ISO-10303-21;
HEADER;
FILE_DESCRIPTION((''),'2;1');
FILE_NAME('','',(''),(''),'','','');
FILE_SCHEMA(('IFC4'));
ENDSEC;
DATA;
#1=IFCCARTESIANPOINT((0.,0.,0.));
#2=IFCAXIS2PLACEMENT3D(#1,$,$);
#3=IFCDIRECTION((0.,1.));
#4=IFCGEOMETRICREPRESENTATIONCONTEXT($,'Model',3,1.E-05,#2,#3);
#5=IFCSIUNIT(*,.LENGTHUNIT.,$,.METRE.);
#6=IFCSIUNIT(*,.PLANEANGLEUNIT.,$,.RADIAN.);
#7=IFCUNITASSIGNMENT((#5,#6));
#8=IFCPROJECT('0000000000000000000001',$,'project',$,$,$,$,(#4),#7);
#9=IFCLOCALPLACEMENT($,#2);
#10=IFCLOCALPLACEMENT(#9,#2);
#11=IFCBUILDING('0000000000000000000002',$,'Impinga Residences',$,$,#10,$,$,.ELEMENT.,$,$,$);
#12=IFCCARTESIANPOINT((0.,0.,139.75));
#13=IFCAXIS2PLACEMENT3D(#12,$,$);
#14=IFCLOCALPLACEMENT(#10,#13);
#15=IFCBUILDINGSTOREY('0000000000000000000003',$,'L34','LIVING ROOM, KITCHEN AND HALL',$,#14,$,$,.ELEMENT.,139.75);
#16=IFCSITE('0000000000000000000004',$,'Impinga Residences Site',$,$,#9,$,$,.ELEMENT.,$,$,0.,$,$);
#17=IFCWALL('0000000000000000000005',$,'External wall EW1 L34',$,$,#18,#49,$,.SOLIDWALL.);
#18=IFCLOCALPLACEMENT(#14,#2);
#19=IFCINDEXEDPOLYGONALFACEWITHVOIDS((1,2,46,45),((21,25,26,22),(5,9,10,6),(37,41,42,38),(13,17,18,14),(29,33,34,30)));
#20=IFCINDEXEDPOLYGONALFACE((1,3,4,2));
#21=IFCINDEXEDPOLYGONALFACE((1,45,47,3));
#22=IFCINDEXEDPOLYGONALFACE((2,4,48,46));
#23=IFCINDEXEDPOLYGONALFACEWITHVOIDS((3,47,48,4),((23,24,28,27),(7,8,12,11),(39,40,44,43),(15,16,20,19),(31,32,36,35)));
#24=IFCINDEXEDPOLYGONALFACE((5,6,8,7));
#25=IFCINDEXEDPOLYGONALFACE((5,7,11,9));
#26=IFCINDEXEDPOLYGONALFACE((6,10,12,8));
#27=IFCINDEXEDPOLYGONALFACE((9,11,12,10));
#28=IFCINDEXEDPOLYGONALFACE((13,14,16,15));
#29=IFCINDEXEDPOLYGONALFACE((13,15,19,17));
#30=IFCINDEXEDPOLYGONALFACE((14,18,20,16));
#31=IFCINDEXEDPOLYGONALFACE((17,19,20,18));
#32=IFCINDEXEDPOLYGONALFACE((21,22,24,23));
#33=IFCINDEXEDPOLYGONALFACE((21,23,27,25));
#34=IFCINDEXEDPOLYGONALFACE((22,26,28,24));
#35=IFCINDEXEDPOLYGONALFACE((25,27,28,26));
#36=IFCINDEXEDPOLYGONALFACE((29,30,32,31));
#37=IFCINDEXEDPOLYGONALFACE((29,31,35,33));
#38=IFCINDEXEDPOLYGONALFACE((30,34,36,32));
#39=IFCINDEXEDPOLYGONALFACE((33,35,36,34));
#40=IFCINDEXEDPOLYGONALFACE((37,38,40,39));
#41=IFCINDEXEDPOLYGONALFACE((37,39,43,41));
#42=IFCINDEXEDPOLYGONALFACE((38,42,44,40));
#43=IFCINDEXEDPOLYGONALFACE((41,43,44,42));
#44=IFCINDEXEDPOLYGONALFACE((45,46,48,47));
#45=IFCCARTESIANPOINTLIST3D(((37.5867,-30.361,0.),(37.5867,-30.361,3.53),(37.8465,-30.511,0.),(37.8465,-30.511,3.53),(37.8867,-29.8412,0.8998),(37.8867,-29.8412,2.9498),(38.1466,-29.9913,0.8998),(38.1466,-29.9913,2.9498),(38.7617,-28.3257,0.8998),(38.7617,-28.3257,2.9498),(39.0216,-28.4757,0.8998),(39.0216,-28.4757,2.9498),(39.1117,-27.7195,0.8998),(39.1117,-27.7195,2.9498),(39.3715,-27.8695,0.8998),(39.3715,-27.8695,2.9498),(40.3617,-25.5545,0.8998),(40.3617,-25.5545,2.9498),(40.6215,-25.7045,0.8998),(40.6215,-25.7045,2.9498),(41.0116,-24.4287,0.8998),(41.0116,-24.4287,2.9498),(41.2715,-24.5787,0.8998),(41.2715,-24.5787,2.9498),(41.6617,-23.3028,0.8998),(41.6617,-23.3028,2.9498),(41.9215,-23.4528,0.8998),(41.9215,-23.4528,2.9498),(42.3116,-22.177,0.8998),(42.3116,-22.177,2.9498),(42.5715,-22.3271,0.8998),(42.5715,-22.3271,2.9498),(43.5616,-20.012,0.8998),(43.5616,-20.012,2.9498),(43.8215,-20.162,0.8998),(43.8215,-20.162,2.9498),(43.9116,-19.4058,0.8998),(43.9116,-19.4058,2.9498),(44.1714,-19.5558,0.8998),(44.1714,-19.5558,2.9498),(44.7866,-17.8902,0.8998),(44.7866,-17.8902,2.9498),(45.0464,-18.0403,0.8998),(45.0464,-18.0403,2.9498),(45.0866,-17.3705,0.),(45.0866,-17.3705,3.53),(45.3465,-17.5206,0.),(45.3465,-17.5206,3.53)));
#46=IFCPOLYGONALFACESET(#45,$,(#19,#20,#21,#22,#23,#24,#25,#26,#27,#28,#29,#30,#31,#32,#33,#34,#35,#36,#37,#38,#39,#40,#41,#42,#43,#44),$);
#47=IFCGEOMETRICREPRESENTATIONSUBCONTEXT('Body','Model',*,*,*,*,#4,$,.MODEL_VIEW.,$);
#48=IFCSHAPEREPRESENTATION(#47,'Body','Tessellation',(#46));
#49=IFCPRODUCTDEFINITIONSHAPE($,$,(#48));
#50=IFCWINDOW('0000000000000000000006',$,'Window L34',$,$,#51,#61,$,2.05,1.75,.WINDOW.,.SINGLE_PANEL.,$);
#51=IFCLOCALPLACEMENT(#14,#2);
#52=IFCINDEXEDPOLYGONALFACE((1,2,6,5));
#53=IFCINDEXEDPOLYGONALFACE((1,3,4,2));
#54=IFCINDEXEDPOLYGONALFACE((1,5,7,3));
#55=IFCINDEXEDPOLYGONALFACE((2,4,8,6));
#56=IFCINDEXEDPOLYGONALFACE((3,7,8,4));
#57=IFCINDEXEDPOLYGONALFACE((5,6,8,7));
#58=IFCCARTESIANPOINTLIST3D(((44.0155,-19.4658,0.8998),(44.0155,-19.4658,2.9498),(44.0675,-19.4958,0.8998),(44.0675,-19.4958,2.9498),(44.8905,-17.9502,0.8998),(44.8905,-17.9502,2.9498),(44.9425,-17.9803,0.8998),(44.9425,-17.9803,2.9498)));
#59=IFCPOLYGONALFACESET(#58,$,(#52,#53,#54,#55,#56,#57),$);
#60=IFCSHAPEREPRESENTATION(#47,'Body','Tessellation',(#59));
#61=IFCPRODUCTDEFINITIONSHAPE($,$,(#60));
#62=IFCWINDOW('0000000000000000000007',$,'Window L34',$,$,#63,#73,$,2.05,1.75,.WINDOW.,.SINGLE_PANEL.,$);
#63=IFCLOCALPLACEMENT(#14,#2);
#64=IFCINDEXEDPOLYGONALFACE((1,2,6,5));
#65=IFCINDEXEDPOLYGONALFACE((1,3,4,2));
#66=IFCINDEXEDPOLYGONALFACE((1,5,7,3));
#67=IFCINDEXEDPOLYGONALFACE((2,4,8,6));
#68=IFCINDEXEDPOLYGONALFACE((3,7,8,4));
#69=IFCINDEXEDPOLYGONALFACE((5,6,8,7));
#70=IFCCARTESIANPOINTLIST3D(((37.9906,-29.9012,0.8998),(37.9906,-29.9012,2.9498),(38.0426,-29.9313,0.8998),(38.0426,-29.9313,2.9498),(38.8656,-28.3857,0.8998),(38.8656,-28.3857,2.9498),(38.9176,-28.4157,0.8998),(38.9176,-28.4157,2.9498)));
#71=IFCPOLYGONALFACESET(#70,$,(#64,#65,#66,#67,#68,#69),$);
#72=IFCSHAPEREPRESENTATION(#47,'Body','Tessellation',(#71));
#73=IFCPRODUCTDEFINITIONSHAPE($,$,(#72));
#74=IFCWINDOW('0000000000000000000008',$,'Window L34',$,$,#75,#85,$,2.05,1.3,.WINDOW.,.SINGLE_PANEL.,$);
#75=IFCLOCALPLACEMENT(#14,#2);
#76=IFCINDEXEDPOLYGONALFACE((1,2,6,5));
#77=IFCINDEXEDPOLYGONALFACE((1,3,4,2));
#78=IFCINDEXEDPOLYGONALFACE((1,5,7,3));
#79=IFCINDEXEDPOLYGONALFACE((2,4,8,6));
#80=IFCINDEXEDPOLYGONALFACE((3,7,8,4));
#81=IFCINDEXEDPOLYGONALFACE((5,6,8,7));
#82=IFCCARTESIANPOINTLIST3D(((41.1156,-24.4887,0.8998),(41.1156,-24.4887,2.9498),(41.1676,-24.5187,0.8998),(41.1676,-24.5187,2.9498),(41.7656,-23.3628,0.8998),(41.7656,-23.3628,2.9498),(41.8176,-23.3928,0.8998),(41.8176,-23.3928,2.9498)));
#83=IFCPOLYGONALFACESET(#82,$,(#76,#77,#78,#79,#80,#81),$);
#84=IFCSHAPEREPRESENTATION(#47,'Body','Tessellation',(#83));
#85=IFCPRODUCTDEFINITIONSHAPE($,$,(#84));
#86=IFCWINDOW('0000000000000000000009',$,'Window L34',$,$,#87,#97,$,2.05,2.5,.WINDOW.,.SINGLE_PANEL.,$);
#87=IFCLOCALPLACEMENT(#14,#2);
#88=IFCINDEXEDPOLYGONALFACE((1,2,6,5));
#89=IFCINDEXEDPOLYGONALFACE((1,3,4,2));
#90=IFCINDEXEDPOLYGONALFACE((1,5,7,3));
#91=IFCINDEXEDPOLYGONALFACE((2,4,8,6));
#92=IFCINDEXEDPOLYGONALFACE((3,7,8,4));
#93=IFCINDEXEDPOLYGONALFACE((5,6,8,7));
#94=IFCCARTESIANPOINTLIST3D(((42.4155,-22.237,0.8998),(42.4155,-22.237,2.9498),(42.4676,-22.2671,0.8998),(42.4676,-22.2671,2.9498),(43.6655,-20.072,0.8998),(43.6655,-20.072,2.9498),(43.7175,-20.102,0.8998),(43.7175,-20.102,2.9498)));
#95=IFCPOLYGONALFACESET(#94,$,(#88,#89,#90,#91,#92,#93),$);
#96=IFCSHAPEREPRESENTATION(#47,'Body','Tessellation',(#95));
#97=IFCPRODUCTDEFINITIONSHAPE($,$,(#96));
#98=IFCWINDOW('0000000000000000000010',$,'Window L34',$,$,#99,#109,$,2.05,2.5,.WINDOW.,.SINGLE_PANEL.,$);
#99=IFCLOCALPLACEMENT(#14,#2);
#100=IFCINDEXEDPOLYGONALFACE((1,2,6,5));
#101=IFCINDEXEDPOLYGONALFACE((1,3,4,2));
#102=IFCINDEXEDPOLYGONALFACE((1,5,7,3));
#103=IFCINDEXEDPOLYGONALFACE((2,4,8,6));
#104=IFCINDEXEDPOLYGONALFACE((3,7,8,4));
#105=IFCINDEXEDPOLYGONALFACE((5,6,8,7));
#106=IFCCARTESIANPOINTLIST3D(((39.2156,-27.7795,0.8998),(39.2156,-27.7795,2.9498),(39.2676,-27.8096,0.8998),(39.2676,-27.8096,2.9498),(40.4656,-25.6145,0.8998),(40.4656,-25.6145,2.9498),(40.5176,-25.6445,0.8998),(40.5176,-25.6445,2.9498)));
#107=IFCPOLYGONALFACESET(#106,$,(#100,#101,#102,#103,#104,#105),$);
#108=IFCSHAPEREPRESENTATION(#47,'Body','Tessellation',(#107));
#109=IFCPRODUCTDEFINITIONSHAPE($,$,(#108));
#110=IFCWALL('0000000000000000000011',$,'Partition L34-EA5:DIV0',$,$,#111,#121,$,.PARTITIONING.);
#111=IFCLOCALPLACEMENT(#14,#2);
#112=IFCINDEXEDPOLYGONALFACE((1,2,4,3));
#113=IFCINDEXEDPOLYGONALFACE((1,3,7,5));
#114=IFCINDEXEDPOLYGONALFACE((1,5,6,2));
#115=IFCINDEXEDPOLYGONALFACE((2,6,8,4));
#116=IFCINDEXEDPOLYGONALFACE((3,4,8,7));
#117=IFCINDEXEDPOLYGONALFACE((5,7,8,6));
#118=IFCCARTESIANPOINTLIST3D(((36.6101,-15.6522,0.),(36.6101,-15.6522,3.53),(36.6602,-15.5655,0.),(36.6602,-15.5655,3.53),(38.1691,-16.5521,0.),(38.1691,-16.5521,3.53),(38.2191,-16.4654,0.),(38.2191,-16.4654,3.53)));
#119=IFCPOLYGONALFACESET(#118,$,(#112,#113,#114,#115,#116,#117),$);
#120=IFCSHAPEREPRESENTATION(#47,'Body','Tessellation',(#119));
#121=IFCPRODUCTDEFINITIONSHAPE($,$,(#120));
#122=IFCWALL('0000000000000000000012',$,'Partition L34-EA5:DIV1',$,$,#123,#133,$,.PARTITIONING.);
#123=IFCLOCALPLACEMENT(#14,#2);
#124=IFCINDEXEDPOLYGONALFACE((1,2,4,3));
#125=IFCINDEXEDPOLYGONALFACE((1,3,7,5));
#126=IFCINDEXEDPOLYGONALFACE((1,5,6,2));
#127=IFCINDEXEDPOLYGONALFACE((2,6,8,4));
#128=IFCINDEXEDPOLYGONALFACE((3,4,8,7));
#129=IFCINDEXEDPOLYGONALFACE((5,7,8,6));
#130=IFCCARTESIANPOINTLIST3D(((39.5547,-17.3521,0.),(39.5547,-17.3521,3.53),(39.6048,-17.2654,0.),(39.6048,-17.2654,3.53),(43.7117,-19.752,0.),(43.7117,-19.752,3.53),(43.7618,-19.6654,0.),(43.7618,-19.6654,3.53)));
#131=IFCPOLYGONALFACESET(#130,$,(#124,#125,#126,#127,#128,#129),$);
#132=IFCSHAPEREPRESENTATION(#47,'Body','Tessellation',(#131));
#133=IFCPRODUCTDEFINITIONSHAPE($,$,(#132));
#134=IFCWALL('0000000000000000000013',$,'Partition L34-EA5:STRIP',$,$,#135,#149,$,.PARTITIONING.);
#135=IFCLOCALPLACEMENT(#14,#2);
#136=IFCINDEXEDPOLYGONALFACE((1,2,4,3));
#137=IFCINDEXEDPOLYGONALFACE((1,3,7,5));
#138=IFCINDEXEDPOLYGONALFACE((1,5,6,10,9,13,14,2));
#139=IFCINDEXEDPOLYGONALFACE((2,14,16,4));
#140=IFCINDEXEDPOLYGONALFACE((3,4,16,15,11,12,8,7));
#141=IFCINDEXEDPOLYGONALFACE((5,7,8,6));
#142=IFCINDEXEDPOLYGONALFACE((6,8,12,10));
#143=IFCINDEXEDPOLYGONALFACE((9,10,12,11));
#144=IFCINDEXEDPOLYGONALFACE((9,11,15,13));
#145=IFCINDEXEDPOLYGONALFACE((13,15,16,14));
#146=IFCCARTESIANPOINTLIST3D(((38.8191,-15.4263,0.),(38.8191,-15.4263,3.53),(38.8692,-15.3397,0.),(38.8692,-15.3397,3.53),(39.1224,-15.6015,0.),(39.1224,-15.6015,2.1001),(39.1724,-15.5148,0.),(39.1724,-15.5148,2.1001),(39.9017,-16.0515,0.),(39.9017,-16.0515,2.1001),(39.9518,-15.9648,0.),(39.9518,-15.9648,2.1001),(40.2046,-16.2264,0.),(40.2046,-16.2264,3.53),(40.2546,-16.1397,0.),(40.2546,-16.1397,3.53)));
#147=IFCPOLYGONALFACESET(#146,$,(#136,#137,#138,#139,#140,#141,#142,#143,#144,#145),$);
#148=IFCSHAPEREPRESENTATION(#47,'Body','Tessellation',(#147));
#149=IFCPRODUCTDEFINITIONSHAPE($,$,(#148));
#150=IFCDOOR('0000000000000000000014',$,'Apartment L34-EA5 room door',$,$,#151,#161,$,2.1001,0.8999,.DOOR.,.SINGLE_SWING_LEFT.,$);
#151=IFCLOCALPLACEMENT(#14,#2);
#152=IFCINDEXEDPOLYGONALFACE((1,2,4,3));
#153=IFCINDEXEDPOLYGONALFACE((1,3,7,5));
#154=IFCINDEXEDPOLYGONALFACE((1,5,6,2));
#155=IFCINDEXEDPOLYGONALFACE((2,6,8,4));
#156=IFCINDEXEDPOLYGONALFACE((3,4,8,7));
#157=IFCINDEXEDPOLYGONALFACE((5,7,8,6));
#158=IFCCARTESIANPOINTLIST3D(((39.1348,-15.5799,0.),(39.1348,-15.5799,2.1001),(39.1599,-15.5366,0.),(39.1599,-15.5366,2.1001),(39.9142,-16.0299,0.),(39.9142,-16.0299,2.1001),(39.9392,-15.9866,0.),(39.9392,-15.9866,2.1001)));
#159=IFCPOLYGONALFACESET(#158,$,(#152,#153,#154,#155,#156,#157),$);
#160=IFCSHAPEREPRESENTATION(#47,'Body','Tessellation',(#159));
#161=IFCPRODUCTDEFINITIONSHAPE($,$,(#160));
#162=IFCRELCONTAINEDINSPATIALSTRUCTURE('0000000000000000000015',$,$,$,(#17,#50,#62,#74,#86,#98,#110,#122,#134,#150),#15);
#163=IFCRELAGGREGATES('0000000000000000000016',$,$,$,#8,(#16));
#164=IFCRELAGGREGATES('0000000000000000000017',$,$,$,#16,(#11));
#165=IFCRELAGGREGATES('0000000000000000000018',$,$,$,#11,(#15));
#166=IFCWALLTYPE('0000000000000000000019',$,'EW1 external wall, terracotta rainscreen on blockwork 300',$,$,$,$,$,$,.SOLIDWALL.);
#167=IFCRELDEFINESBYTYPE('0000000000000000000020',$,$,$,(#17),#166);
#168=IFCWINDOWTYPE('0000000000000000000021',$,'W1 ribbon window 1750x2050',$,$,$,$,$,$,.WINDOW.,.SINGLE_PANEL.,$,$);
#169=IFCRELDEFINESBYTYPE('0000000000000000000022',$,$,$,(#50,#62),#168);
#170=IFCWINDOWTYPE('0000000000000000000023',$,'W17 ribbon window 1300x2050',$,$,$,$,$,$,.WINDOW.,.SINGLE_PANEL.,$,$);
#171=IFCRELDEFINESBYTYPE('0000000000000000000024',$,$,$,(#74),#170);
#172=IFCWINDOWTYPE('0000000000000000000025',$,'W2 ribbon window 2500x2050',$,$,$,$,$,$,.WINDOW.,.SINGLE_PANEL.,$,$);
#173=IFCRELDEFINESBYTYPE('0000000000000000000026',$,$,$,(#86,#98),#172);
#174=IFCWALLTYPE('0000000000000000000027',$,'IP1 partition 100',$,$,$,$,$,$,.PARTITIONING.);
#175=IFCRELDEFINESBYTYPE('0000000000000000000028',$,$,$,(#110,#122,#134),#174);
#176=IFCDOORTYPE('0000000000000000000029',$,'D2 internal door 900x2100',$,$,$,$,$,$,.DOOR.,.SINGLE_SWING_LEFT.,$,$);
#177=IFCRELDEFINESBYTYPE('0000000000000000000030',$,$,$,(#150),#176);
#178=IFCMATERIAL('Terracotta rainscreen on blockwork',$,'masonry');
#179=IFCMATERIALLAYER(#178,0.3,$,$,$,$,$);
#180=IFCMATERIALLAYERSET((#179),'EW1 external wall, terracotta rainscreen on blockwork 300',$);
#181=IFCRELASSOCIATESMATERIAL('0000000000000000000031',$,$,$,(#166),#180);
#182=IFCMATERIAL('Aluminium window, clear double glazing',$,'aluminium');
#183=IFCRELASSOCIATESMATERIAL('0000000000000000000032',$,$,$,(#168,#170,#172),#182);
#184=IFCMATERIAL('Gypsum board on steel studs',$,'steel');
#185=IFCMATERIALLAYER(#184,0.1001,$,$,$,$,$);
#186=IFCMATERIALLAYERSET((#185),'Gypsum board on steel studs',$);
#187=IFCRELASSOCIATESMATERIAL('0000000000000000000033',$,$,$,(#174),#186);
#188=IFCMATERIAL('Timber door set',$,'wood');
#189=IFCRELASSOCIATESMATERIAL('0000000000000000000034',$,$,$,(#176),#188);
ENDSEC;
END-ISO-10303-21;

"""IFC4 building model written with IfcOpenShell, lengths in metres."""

from ifc_helpers import new_model, si_unit, direction, frame, frame_2d, origin, place, context, subcontext, project, spatial, rectangle, extrude, material, layer, layer_set, type_object, element, fill, save


model = new_model("IFC4")

# Units and contexts
model_context = context("Model", 3, precision=1e-05, world=origin(), true_north=direction((0.0, 1.0)))
body_context = subcontext(model_context, "Body", "Model", "MODEL_VIEW")
ifc_project = project(units=[si_unit("LENGTHUNIT", "METRE"), si_unit("PLANEANGLEUNIT", "RADIAN")], contexts=[model_context])

# Site, building, storey
site_placement = place(None, origin())
site = spatial("IfcSite", under=ifc_project, at=site_placement, Name="Impinga Residences Site", CompositionType="ELEMENT", RefElevation=0.0)
building_placement = place(site_placement, origin())
building = spatial("IfcBuilding", under=site, at=building_placement, Name="Impinga Residences", CompositionType="ELEMENT")
storey_placement = place(building_placement, frame((0.0, 0.0, 139.75)))
storey = spatial("IfcBuildingStorey", under=building, at=storey_placement, Name="L34", Description="LIVING ROOM, KITCHEN AND HALL", CompositionType="ELEMENT", Elevation=139.75)

# Shared definitions
ifc_material_1 = material(Name="Terracotta rainscreen on blockwork", Category="masonry")
ifc_layer_1 = layer(ifc_material_1, 0.3)
ifc_layer_set_1 = layer_set([ifc_layer_1], Name="EW1 external wall, terracotta rainscreen on blockwork 300")
wall_type_1 = type_object("IfcWallType", Name="EW1 external wall, terracotta rainscreen on blockwork 300", PredefinedType="SOLIDWALL", material=ifc_layer_set_1)

# Wall, openings, windows
wall_1_placement = place(storey_placement, frame((45.2166, -17.4456, 0.0), z_axis=(0.0, 0.0, 1.0), x_axis=(-0.499997, -0.866027, 0.0)))
wall_1 = element("IfcWall", 1, at=wall_1_placement, inside=storey, type_object=wall_type_1, Name="External wall EW1 L34", PredefinedType="SOLIDWALL", context=body_context, shape_type="SweptSolid", body=[
    extrude(rectangle(XDim=15.0, YDim=0.3, at=frame_2d((7.5, 0.0))), origin(), (0.0, 0.0, 1.0), 3.53),
])
opening_1_placement = place(wall_1_placement, frame((0.6001, 0.0, 0.8999)))
opening_1 = element("IfcOpeningElement", 2, at=opening_1_placement, cuts=wall_1, PredefinedType="OPENING", context=body_context, shape_type="SweptSolid", body=[
    extrude(rectangle(XDim=1.75, YDim=2.05, at=frame_2d((0.875, 1.0249))), frame((0.0, 0.1599, 0.0), z_axis=(0.0, -1.0, 0.0), x_axis=(1.0, 0.0, 0.0)), (0.0, 0.0, 1.0), 0.3201),
])
opening_2_placement = place(wall_1_placement, frame((3.05, 0.0, 0.8999)))
opening_2 = element("IfcOpeningElement", 3, at=opening_2_placement, cuts=wall_1, PredefinedType="OPENING", context=body_context, shape_type="SweptSolid", body=[
    extrude(rectangle(XDim=2.5, YDim=2.05, at=frame_2d((1.25, 1.0249))), frame((0.0, 0.1599, 0.0), z_axis=(0.0, -1.0, 0.0), x_axis=(1.0, 0.0, 0.0)), (0.0, 0.0, 1.0), 0.3201),
])
opening_3_placement = place(wall_1_placement, frame((6.8501, 0.0, 0.8999)))
opening_3 = element("IfcOpeningElement", 4, at=opening_3_placement, cuts=wall_1, PredefinedType="OPENING", context=body_context, shape_type="SweptSolid", body=[
    extrude(rectangle(XDim=1.3, YDim=2.05, at=frame_2d((0.6499, 1.0249))), frame((0.0, 0.1599, 0.0), z_axis=(0.0, -1.0, 0.0), x_axis=(1.0, 0.0, 0.0)), (0.0, 0.0, 1.0), 0.3201),
])
opening_4_placement = place(wall_1_placement, frame((9.45, 0.0, 0.8999)))
opening_4 = element("IfcOpeningElement", 5, at=opening_4_placement, cuts=wall_1, PredefinedType="OPENING", context=body_context, shape_type="SweptSolid", body=[
    extrude(rectangle(XDim=2.5, YDim=2.05, at=frame_2d((1.25, 1.0249))), frame((0.0, 0.1599, 0.0), z_axis=(0.0, -1.0, 0.0), x_axis=(1.0, 0.0, 0.0)), (0.0, 0.0, 1.0), 0.3201),
])
opening_5_placement = place(wall_1_placement, frame((12.6499, 0.0, 0.8999)))
opening_5 = element("IfcOpeningElement", 6, at=opening_5_placement, cuts=wall_1, PredefinedType="OPENING", context=body_context, shape_type="SweptSolid", body=[
    extrude(rectangle(XDim=1.75, YDim=2.05, at=frame_2d((0.875, 1.0249))), frame((0.0, 0.1599, 0.0), z_axis=(0.0, -1.0, 0.0), x_axis=(1.0, 0.0, 0.0)), (0.0, 0.0, 1.0), 0.3201),
])
ifc_material_2 = material(Name="Aluminium window, clear double glazing", Category="aluminium")
window_type_1 = type_object("IfcWindowType", Name="W1 ribbon window 1750x2050", PartitioningType="SINGLE_PANEL", PredefinedType="WINDOW", material=ifc_material_2)
window_1_placement = place(opening_1_placement, origin())
window_1 = element("IfcWindow", 7, at=window_1_placement, inside=storey, type_object=window_type_1, Name="Window L34", OverallHeight=2.05, OverallWidth=1.75, PartitioningType="SINGLE_PANEL", PredefinedType="WINDOW", context=body_context, shape_type="SweptSolid", body=[
    extrude(rectangle(XDim=1.75, YDim=2.05, at=frame_2d((0.875, 1.0249))), frame((0.0, 0.03, 0.0), z_axis=(0.0, -1.0, 0.0), x_axis=(1.0, 0.0, 0.0)), (0.0, 0.0, 1.0), 0.0601),
])
fill(opening_1, window_1)
window_2_placement = place(opening_5_placement, origin())
window_2 = element("IfcWindow", 8, at=window_2_placement, inside=storey, type_object=window_type_1, Name="Window L34", OverallHeight=2.05, OverallWidth=1.75, PartitioningType="SINGLE_PANEL", PredefinedType="WINDOW", context=body_context, shape_type="SweptSolid", body=[
    extrude(rectangle(XDim=1.75, YDim=2.05, at=frame_2d((0.875, 1.0249))), frame((0.0, 0.03, 0.0), z_axis=(0.0, -1.0, 0.0), x_axis=(1.0, 0.0, 0.0)), (0.0, 0.0, 1.0), 0.0601),
])
fill(opening_5, window_2)
window_type_2 = type_object("IfcWindowType", Name="W17 ribbon window 1300x2050", PartitioningType="SINGLE_PANEL", PredefinedType="WINDOW", material=ifc_material_2)
window_3_placement = place(opening_3_placement, origin())
window_3 = element("IfcWindow", 9, at=window_3_placement, inside=storey, type_object=window_type_2, Name="Window L34", OverallHeight=2.05, OverallWidth=1.3, PartitioningType="SINGLE_PANEL", PredefinedType="WINDOW", context=body_context, shape_type="SweptSolid", body=[
    extrude(rectangle(XDim=1.3, YDim=2.05, at=frame_2d((0.6499, 1.0249))), frame((0.0, 0.03, 0.0), z_axis=(0.0, -1.0, 0.0), x_axis=(1.0, 0.0, 0.0)), (0.0, 0.0, 1.0), 0.0601),
])
fill(opening_3, window_3)
window_type_3 = type_object("IfcWindowType", Name="W2 ribbon window 2500x2050", PartitioningType="SINGLE_PANEL", PredefinedType="WINDOW", material=ifc_material_2)
window_4_placement = place(opening_2_placement, origin())
window_4 = element("IfcWindow", 10, at=window_4_placement, inside=storey, type_object=window_type_3, Name="Window L34", OverallHeight=2.05, OverallWidth=2.5, PartitioningType="SINGLE_PANEL", PredefinedType="WINDOW", context=body_context, shape_type="SweptSolid", body=[
    extrude(rectangle(XDim=2.5, YDim=2.05, at=frame_2d((1.25, 1.0249))), frame((0.0, 0.03, 0.0), z_axis=(0.0, -1.0, 0.0), x_axis=(1.0, 0.0, 0.0)), (0.0, 0.0, 1.0), 0.0601),
])
fill(opening_2, window_4)
window_5_placement = place(opening_4_placement, origin())
window_5 = element("IfcWindow", 11, at=window_5_placement, inside=storey, type_object=window_type_3, Name="Window L34", OverallHeight=2.05, OverallWidth=2.5, PartitioningType="SINGLE_PANEL", PredefinedType="WINDOW", context=body_context, shape_type="SweptSolid", body=[
    extrude(rectangle(XDim=2.5, YDim=2.05, at=frame_2d((1.25, 1.0249))), frame((0.0, 0.03, 0.0), z_axis=(0.0, -1.0, 0.0), x_axis=(1.0, 0.0, 0.0)), (0.0, 0.0, 1.0), 0.0601),
])
fill(opening_4, window_5)

# Walls
ifc_material_3 = material(Name="Gypsum board on steel studs", Category="steel")
ifc_layer_2 = layer(ifc_material_3, 0.1001)
ifc_layer_set_2 = layer_set([ifc_layer_2], Name="Gypsum board on steel studs")
wall_type_2 = type_object("IfcWallType", Name="IP1 partition 100", PredefinedType="PARTITIONING", material=ifc_layer_set_2)
wall_2_placement = place(storey_placement, frame((36.6353, -15.6089, 0.0), z_axis=(0.0, 0.0, 1.0), x_axis=(0.866048, -0.499961, 0.0)))
element("IfcWall", 12, at=wall_2_placement, inside=storey, type_object=wall_type_2, Name="Partition L34-EA5:DIV0", PredefinedType="PARTITIONING", context=body_context, shape_type="SweptSolid", body=[
    extrude(rectangle(XDim=1.8, YDim=0.1001, at=frame_2d((0.8999, 0.0))), origin(), (0.0, 0.0, 1.0), 3.53),
])
wall_3_placement = place(storey_placement, frame((39.5798, -17.3088, 0.0), z_axis=(0.0, 0.0, 1.0), x_axis=(0.866037, -0.499979, 0.0)))
element("IfcWall", 13, at=wall_3_placement, inside=storey, type_object=wall_type_2, Name="Partition L34-EA5:DIV1", PredefinedType="PARTITIONING", context=body_context, shape_type="SweptSolid", body=[
    extrude(rectangle(XDim=4.8, YDim=0.1001, at=frame_2d((2.3999, 0.0))), origin(), (0.0, 0.0, 1.0), 3.53),
])

# Wall, opening, door
wall_4_placement = place(storey_placement, frame((38.8442, -15.3831, 0.0), z_axis=(0.0, 0.0, 1.0), x_axis=(0.86599, -0.500061, 0.0)))
wall_4 = element("IfcWall", 14, at=wall_4_placement, inside=storey, type_object=wall_type_2, Name="Partition L34-EA5:STRIP", PredefinedType="PARTITIONING", context=body_context, shape_type="SweptSolid", body=[
    extrude(rectangle(XDim=1.5999, YDim=0.1001, at=frame_2d((0.7998, 0.0))), origin(), (0.0, 0.0, 1.0), 3.53),
])
opening_6_placement = place(wall_4_placement, frame((0.3501, 0.0, 0.0)))
opening_6 = element("IfcOpeningElement", 15, at=opening_6_placement, cuts=wall_4, PredefinedType="OPENING", context=body_context, shape_type="SweptSolid", body=[
    extrude(rectangle(XDim=0.8999, YDim=2.1001, at=frame_2d((0.45, 1.05))), frame((0.0, 0.0601, 0.0), z_axis=(0.0, -1.0, 0.0), x_axis=(1.0, 0.0, 0.0)), (0.0, 0.0, 1.0), 0.1201),
])
ifc_material_4 = material(Name="Timber door set", Category="wood")
door_type = type_object("IfcDoorType", Name="D2 internal door 900x2100", OperationType="SINGLE_SWING_LEFT", PredefinedType="DOOR", material=ifc_material_4)
door_placement = place(opening_6_placement, origin())
door = element("IfcDoor", 16, at=door_placement, inside=storey, type_object=door_type, Name="Apartment L34-EA5 room door", OperationType="SINGLE_SWING_LEFT", OverallHeight=2.1001, OverallWidth=0.8999, PredefinedType="DOOR", context=body_context, shape_type="SweptSolid", body=[
    extrude(rectangle(XDim=0.8999, YDim=2.1001, at=frame_2d((0.45, 1.05))), frame((0.0, 0.0249, 0.0), z_axis=(0.0, -1.0, 0.0), x_axis=(1.0, 0.0, 0.0)), (0.0, 0.0, 1.0), 0.05),
])
fill(opening_6, door)

save(model, "model.ifc")
